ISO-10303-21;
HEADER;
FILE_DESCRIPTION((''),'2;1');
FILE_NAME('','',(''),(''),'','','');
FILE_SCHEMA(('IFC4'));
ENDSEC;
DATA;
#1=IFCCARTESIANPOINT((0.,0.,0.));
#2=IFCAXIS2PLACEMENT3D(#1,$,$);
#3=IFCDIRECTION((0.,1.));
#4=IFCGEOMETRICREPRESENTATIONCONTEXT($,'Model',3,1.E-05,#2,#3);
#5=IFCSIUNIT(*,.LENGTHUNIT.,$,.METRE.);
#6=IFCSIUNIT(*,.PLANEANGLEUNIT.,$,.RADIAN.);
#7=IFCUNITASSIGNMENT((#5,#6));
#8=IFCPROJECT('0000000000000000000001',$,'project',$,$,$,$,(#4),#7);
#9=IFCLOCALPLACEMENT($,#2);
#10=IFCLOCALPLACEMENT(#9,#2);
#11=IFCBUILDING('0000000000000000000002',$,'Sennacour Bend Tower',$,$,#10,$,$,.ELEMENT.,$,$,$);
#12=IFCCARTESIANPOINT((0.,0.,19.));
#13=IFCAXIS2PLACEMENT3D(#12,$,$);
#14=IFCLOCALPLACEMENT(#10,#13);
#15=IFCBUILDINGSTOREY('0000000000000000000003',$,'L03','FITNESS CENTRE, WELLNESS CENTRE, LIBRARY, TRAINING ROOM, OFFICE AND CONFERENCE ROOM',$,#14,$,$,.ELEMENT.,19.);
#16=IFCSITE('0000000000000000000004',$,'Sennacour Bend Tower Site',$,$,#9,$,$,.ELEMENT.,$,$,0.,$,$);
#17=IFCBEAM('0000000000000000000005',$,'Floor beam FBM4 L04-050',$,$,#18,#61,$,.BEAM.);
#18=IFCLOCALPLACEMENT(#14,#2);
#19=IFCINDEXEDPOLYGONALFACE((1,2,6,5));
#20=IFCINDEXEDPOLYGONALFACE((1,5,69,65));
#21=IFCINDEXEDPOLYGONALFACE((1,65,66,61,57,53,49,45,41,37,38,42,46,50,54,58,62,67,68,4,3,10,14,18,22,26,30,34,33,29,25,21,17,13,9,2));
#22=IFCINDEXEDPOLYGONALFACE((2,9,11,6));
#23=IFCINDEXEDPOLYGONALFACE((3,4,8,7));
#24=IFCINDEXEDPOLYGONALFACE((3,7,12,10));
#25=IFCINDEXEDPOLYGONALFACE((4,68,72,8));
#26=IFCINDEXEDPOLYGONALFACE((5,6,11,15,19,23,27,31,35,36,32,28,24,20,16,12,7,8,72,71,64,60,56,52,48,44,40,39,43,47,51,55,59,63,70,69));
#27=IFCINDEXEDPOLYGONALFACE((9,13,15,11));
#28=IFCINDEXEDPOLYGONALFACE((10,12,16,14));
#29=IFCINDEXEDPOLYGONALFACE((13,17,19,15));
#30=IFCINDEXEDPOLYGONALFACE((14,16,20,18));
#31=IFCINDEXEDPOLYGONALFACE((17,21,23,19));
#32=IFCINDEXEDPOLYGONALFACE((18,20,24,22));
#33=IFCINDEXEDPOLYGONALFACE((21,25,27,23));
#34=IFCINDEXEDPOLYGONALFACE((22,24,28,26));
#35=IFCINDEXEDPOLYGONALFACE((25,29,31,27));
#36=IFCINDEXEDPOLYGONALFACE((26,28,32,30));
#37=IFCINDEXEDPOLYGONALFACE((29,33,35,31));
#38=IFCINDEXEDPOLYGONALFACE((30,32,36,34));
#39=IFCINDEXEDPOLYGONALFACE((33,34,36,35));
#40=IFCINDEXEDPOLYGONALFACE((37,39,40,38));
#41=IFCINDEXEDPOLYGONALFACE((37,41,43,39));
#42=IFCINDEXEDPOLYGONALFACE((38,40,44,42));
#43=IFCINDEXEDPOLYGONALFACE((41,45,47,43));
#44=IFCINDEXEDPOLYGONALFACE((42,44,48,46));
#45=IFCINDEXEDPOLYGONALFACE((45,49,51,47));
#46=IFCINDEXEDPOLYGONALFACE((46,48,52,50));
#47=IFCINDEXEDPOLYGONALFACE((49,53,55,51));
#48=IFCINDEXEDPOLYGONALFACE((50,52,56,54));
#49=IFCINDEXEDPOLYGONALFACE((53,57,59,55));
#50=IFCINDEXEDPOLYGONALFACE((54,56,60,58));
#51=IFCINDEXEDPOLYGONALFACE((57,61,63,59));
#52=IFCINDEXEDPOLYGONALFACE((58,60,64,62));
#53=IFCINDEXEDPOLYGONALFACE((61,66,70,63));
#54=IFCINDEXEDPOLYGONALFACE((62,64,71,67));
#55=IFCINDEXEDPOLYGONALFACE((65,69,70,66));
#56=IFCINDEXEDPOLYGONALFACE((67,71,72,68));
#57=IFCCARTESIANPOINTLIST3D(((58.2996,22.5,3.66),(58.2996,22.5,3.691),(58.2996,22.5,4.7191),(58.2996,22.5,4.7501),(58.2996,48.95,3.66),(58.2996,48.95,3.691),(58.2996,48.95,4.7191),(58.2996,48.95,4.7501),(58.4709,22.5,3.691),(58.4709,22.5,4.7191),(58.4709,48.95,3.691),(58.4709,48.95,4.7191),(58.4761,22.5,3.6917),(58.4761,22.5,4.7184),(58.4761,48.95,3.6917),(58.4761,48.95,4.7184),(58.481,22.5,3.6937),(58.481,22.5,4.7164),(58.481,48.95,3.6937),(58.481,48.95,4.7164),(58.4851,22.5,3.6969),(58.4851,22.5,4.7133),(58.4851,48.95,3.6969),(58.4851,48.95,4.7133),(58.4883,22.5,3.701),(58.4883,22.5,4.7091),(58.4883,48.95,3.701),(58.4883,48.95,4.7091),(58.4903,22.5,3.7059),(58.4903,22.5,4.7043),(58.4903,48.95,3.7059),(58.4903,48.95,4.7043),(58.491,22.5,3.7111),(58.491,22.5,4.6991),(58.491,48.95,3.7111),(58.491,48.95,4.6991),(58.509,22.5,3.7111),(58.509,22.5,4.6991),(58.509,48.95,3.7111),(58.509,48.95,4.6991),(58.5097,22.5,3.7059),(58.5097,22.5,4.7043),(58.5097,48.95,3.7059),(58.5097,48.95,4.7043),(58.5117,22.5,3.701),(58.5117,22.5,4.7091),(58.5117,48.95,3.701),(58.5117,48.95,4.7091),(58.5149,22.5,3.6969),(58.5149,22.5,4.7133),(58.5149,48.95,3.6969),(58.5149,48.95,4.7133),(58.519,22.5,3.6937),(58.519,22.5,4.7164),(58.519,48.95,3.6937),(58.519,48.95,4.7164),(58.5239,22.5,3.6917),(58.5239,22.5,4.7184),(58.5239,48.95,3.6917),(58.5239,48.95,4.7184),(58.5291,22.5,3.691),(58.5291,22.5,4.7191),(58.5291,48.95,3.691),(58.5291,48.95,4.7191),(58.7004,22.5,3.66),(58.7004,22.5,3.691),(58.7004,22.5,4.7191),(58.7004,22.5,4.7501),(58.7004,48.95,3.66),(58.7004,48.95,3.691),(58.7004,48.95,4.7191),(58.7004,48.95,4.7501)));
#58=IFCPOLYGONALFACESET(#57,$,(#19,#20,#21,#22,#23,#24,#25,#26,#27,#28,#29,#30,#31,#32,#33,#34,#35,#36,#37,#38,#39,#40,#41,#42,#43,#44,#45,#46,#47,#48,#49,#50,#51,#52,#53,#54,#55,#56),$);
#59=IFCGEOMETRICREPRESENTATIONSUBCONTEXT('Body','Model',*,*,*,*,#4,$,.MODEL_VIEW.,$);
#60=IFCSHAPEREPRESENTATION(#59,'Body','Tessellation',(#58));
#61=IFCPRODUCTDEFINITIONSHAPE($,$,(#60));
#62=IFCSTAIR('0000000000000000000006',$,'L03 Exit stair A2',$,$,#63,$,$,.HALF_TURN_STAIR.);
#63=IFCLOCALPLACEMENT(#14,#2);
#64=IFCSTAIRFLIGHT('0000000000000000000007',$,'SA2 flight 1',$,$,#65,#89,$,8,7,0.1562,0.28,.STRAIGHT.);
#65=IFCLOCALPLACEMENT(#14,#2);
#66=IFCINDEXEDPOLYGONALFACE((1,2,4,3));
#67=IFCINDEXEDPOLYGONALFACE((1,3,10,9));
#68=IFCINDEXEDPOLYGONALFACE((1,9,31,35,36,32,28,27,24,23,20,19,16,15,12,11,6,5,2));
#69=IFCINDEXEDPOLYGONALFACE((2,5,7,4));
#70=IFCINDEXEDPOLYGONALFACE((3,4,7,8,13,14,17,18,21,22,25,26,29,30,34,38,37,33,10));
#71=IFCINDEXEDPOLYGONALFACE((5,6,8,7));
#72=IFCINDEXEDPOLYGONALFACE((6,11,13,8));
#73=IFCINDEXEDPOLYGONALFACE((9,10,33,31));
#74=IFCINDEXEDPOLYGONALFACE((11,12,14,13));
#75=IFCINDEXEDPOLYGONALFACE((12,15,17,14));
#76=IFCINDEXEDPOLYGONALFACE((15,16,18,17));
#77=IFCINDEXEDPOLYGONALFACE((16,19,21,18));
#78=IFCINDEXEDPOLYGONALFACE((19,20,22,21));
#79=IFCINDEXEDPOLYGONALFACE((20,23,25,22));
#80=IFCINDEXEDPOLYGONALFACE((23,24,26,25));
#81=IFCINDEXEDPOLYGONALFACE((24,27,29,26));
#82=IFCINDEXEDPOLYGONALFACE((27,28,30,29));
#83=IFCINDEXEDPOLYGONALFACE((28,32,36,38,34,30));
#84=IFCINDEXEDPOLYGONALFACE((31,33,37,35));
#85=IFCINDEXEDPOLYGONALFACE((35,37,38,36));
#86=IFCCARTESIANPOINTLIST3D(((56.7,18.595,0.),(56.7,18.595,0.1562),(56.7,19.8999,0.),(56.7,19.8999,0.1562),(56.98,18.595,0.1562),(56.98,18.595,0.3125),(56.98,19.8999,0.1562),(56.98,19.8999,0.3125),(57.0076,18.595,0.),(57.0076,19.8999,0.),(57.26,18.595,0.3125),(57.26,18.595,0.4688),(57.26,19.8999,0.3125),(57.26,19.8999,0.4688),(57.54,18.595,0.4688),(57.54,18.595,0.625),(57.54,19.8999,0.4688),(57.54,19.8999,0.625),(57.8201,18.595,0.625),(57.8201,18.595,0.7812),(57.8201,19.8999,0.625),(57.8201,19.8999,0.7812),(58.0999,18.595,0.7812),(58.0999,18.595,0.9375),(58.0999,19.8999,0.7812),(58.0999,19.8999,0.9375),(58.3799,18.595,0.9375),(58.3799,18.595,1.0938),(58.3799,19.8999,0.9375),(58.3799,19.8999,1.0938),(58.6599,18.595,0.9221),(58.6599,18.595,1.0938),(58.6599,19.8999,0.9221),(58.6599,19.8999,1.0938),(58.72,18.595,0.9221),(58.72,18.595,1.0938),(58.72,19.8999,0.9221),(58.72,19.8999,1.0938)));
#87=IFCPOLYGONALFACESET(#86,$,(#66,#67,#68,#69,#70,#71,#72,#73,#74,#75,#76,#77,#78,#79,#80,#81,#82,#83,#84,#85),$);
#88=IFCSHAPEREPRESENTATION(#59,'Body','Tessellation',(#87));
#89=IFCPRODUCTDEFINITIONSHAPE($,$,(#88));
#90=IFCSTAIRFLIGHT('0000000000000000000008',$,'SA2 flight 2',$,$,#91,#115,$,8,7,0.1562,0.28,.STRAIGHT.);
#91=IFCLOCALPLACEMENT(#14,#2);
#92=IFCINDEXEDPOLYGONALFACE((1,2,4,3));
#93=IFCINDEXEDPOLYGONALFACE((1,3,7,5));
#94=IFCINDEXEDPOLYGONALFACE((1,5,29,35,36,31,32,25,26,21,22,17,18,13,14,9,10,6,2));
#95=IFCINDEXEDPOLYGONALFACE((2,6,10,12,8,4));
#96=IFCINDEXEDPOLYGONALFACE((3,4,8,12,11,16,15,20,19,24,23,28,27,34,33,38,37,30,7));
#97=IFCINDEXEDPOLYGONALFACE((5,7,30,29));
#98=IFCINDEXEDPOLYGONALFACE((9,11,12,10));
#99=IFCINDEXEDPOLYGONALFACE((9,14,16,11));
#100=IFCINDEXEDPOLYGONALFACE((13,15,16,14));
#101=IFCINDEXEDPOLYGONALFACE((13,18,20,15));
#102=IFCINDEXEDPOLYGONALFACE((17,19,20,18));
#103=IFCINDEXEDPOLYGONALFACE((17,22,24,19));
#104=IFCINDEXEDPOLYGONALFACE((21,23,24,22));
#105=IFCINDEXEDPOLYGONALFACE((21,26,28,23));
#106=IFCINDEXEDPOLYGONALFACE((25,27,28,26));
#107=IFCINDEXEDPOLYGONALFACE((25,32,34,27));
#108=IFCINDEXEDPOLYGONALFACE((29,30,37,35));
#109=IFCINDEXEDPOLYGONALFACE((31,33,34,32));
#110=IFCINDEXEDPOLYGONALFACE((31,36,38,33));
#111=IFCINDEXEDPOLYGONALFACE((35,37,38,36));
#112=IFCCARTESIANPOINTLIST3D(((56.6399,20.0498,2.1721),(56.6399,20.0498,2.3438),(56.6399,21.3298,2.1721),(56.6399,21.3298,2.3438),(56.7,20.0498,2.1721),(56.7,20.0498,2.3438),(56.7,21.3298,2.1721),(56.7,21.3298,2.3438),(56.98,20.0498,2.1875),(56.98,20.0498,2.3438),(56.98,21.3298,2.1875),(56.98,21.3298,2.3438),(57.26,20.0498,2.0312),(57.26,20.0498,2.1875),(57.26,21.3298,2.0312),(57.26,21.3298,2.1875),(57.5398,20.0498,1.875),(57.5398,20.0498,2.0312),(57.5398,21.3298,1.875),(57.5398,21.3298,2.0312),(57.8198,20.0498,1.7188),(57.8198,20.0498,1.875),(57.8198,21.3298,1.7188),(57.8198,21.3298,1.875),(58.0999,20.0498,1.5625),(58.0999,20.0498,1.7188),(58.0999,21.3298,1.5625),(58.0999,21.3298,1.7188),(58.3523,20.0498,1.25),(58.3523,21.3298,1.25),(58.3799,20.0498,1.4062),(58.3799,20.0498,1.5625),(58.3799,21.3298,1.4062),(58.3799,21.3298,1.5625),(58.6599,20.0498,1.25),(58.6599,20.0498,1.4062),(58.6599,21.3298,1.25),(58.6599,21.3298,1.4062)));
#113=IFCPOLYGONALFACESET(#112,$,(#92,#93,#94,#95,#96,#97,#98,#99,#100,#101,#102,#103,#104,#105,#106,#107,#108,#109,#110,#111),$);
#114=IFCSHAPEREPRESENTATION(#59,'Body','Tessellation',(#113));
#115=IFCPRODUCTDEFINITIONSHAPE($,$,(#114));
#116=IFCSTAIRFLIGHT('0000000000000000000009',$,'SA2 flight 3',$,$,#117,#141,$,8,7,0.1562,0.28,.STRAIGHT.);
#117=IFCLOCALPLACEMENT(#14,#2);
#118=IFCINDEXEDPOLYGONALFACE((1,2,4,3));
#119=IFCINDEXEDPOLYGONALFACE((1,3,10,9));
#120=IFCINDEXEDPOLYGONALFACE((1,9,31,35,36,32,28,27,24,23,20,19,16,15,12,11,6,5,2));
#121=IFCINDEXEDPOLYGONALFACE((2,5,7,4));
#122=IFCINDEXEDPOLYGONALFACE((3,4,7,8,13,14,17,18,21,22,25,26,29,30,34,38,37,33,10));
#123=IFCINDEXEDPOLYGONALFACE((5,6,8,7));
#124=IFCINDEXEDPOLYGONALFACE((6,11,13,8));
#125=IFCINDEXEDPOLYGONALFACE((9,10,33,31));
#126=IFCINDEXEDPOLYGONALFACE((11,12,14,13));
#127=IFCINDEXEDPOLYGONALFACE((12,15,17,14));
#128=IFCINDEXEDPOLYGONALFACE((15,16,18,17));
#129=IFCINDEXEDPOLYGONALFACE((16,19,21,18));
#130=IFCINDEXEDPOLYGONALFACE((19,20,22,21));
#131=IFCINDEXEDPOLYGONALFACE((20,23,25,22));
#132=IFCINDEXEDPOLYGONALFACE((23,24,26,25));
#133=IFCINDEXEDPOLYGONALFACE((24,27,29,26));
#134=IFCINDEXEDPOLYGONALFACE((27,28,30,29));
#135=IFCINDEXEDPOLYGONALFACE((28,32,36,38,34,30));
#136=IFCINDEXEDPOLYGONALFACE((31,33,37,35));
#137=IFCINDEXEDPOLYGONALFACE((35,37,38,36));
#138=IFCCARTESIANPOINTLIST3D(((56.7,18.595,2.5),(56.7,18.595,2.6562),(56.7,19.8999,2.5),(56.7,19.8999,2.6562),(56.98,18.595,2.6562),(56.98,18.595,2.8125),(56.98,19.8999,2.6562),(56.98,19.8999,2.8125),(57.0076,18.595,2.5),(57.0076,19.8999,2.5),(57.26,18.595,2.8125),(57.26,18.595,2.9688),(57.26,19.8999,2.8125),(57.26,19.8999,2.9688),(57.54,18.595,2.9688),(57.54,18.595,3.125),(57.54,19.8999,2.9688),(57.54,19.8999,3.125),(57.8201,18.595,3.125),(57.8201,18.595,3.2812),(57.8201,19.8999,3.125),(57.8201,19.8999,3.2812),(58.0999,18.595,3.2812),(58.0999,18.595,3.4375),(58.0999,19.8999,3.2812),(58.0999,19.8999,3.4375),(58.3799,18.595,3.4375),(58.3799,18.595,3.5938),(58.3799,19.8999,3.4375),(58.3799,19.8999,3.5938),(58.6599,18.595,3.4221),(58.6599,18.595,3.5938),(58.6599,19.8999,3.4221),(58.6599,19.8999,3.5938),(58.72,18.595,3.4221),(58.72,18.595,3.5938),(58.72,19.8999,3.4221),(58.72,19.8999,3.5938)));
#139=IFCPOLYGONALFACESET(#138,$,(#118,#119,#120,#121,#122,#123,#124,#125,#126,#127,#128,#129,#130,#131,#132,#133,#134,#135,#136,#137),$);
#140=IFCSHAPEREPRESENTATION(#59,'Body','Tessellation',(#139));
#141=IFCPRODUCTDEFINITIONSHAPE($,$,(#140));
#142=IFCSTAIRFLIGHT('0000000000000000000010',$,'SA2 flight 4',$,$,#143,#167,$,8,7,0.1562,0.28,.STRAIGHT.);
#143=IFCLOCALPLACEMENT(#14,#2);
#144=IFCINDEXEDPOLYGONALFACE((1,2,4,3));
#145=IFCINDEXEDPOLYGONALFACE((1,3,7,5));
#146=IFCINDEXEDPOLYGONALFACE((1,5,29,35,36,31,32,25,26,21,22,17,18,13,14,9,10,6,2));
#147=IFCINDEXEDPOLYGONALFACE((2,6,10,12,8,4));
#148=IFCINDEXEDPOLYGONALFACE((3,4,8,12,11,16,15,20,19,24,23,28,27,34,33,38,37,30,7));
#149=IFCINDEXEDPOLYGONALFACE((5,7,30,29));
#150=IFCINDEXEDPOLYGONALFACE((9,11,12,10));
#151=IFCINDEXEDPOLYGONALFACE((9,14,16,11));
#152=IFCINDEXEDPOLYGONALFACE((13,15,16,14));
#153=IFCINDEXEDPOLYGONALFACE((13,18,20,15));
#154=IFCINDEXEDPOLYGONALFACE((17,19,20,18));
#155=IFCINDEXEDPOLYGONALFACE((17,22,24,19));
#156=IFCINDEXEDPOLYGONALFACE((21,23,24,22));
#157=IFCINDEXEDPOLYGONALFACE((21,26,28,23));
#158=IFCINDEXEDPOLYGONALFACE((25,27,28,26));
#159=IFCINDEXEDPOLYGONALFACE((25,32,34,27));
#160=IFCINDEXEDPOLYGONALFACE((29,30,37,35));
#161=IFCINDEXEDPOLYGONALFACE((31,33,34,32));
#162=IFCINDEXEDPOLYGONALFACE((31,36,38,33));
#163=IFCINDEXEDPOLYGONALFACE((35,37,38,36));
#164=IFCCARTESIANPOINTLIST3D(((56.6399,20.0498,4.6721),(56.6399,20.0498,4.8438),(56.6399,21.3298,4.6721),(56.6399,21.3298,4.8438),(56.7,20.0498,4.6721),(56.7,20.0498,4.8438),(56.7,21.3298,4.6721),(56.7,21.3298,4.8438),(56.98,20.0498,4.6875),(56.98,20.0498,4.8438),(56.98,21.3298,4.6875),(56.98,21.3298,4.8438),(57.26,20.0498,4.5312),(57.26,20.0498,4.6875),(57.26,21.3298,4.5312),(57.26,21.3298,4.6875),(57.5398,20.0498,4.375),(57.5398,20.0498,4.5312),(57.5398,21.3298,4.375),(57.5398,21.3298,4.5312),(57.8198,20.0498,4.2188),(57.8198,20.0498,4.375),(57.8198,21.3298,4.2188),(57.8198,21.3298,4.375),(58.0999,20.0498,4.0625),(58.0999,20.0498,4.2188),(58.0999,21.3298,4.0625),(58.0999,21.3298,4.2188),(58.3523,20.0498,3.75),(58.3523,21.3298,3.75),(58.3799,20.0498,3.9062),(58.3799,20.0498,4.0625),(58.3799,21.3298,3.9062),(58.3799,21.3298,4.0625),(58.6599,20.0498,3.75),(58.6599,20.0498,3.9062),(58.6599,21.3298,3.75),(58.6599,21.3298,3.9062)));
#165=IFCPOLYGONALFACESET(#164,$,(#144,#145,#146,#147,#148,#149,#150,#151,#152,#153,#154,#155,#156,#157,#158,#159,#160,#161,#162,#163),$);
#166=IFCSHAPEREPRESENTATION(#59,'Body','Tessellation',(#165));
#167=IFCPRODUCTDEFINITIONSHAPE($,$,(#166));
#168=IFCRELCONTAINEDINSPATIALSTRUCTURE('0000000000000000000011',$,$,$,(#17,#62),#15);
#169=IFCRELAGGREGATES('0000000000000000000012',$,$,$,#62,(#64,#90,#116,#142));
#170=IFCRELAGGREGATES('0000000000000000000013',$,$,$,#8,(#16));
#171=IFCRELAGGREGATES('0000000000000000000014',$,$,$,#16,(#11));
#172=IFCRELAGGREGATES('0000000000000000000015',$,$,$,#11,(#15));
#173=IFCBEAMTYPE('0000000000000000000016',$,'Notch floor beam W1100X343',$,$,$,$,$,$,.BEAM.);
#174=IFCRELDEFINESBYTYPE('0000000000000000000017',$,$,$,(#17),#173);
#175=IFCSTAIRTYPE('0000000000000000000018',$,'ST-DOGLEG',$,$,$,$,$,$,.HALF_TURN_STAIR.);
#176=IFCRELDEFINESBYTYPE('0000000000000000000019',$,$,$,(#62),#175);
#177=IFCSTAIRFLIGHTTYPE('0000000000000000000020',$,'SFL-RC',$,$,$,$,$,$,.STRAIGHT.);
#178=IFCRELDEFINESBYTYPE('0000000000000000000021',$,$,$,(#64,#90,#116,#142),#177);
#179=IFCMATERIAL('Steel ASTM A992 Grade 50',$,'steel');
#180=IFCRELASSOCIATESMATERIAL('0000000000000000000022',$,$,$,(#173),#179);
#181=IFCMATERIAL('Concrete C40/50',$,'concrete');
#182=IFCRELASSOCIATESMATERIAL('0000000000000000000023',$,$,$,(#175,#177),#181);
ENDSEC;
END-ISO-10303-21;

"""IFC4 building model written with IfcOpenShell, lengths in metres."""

from ifc_helpers import new_model, si_unit, direction, frame, origin, origin_2d, place, context, subcontext, project, spatial, polyline, i_section, outline, extrude, material, material_profile, profile_set, type_object, element, aggregate, save


model = new_model("IFC4")

# Units and contexts
model_context = context("Model", 3, precision=1e-05, world=origin(), true_north=direction((0.0, 1.0)))
body_context = subcontext(model_context, "Body", "Model", "MODEL_VIEW")
ifc_project = project(units=[si_unit("LENGTHUNIT", "METRE"), si_unit("PLANEANGLEUNIT", "RADIAN")], contexts=[model_context])

# Site, building, storey
site_placement = place(None, origin())
site = spatial("IfcSite", under=ifc_project, at=site_placement, Name="Sennacour Bend Tower Site", CompositionType="ELEMENT", RefElevation=0.0)
building_placement = place(site_placement, origin())
building = spatial("IfcBuilding", under=site, at=building_placement, Name="Sennacour Bend Tower", CompositionType="ELEMENT")
storey_placement = place(building_placement, frame((0.0, 0.0, 19.0)))
storey = spatial("IfcBuildingStorey", under=building, at=storey_placement, Name="L03", Description="FITNESS CENTRE, WELLNESS CENTRE, LIBRARY, TRAINING ROOM, OFFICE AND CONFERENCE ROOM", CompositionType="ELEMENT", Elevation=19.0)

# Beam
ifc_material_1 = material(Name="Steel ASTM A992 Grade 50", Category="steel")
ifc_material_profile = material_profile(ifc_material_1, i_section(OverallWidth=0.4009, OverallDepth=1.0901, WebThickness=0.0181, FlangeThickness=0.031, FilletRadius=0.02, at=origin_2d()), Name="Steel ASTM A992 Grade 50", Category="steel")
ifc_profile_set = profile_set([ifc_material_profile], Name="Steel ASTM A992 Grade 50")
beam_type = type_object("IfcBeamType", Name="Notch floor beam W1100X343", PredefinedType="BEAM", material=ifc_profile_set)
beam_placement = place(storey_placement, frame((58.5, 22.5, 4.2051), z_axis=(0.0, 1.0, 0.0), x_axis=(-1.0, 0.0, 0.0)))
element("IfcBeam", 1, at=beam_placement, inside=storey, type_object=beam_type, Name="Floor beam FBM4 L04-050", PredefinedType="BEAM", context=body_context, shape_type="SweptSolid", body=[
    extrude(i_section(OverallWidth=0.4009, OverallDepth=1.0901, WebThickness=0.0181, FlangeThickness=0.031, FilletRadius=0.02, at=origin_2d()), origin(), (0.0, 0.0, 1.0), 26.45),
])

# Stair, stair flights
ifc_material_2 = material(Name="Concrete C40/50", Category="concrete")
stair_type = type_object("IfcStairType", Name="ST-DOGLEG", PredefinedType="HALF_TURN_STAIR", material=ifc_material_2)
stair_placement = place(storey_placement, origin())
stair = element("IfcStair", 2, at=stair_placement, inside=storey, type_object=stair_type, Name="L03 Exit stair A2", PredefinedType="HALF_TURN_STAIR")
stair_flight_type = type_object("IfcStairFlightType", Name="SFL-RC", PredefinedType="STRAIGHT", material=ifc_material_2)
stair_flight_1_placement = place(storey_placement, frame((56.7, 19.2476, 0.0), z_axis=(0.0, 0.0, 1.0), x_axis=(1.0, 0.0, 0.0)))
stair_flight_1 = element("IfcStairFlight", 3, at=stair_flight_1_placement, type_object=stair_flight_type, Name="SA2 flight 1", NumberOfRisers=8, NumberOfTreads=7, PredefinedType="STRAIGHT", RiserHeight=0.1562, TreadLength=0.28, context=body_context, shape_type="SweptSolid", body=[
    extrude(outline(polyline([(0.0, 0.0), (0.0, 0.1562), (0.28, 0.1562), (0.28, 0.3125), (0.5601, 0.3125), (0.5601, 0.4688), (0.8401, 0.4688), (0.8401, 0.625), (1.1201, 0.625), (1.1201, 0.7812), (1.3999, 0.7812), (1.3999, 0.9375), (1.6799, 0.9375), (1.6799, 1.0938), (1.96, 1.0938), (2.02, 1.0938), (2.02, 0.9221), (1.96, 0.9221), (0.3076, 0.0), (0.0, 0.0)])), frame((0.0, 0.6523, 0.0), z_axis=(0.0, -1.0, 0.0), x_axis=(1.0, 0.0, 0.0)), (0.0, 0.0, 1.0), 1.3049),
])
stair_flight_2_placement = place(storey_placement, frame((58.6599, 20.6899, 1.25), z_axis=(0.0, 0.0, 1.0), x_axis=(-1.0, 0.0, 0.0)))
stair_flight_2 = element("IfcStairFlight", 4, at=stair_flight_2_placement, type_object=stair_flight_type, Name="SA2 flight 2", NumberOfRisers=8, NumberOfTreads=7, PredefinedType="STRAIGHT", RiserHeight=0.1562, TreadLength=0.28, context=body_context, shape_type="SweptSolid", body=[
    extrude(outline(polyline([(0.0, 0.0), (0.0, 0.1562), (0.28, 0.1562), (0.28, 0.3125), (0.5601, 0.3125), (0.5601, 0.4688), (0.8401, 0.4688), (0.8401, 0.625), (1.1201, 0.625), (1.1201, 0.7812), (1.3999, 0.7812), (1.3999, 0.9375), (1.6799, 0.9375), (1.6799, 1.0938), (1.96, 1.0938), (2.02, 1.0938), (2.02, 0.9221), (1.96, 0.9221), (0.3076, 0.0), (0.0, 0.0)])), frame((0.0, 0.6401, 0.0), z_axis=(0.0, -1.0, 0.0), x_axis=(1.0, 0.0, 0.0)), (0.0, 0.0, 1.0), 1.28),
])
stair_flight_3_placement = place(storey_placement, frame((56.7, 19.2476, 2.5), z_axis=(0.0, 0.0, 1.0), x_axis=(1.0, 0.0, 0.0)))
stair_flight_3 = element("IfcStairFlight", 5, at=stair_flight_3_placement, type_object=stair_flight_type, Name="SA2 flight 3", NumberOfRisers=8, NumberOfTreads=7, PredefinedType="STRAIGHT", RiserHeight=0.1562, TreadLength=0.28, context=body_context, shape_type="SweptSolid", body=[
    extrude(outline(polyline([(0.0, 0.0), (0.0, 0.1562), (0.28, 0.1562), (0.28, 0.3125), (0.5601, 0.3125), (0.5601, 0.4688), (0.8401, 0.4688), (0.8401, 0.625), (1.1201, 0.625), (1.1201, 0.7812), (1.3999, 0.7812), (1.3999, 0.9375), (1.6799, 0.9375), (1.6799, 1.0938), (1.96, 1.0938), (2.02, 1.0938), (2.02, 0.9221), (1.96, 0.9221), (0.3076, 0.0), (0.0, 0.0)])), frame((0.0, 0.6523, 0.0), z_axis=(0.0, -1.0, 0.0), x_axis=(1.0, 0.0, 0.0)), (0.0, 0.0, 1.0), 1.3049),
])
stair_flight_4_placement = place(storey_placement, frame((58.6599, 20.6899, 3.75), z_axis=(0.0, 0.0, 1.0), x_axis=(-1.0, 0.0, 0.0)))
stair_flight_4 = element("IfcStairFlight", 6, at=stair_flight_4_placement, type_object=stair_flight_type, Name="SA2 flight 4", NumberOfRisers=8, NumberOfTreads=7, PredefinedType="STRAIGHT", RiserHeight=0.1562, TreadLength=0.28, context=body_context, shape_type="SweptSolid", body=[
    extrude(outline(polyline([(0.0, 0.0), (0.0, 0.1562), (0.28, 0.1562), (0.28, 0.3125), (0.5601, 0.3125), (0.5601, 0.4688), (0.8401, 0.4688), (0.8401, 0.625), (1.1201, 0.625), (1.1201, 0.7812), (1.3999, 0.7812), (1.3999, 0.9375), (1.6799, 0.9375), (1.6799, 1.0938), (1.96, 1.0938), (2.02, 1.0938), (2.02, 0.9221), (1.96, 0.9221), (0.3076, 0.0), (0.0, 0.0)])), frame((0.0, 0.6401, 0.0), z_axis=(0.0, -1.0, 0.0), x_axis=(1.0, 0.0, 0.0)), (0.0, 0.0, 1.0), 1.28),
])
aggregate(stair, [stair_flight_1, stair_flight_2, stair_flight_3, stair_flight_4])

save(model, "model.ifc")
